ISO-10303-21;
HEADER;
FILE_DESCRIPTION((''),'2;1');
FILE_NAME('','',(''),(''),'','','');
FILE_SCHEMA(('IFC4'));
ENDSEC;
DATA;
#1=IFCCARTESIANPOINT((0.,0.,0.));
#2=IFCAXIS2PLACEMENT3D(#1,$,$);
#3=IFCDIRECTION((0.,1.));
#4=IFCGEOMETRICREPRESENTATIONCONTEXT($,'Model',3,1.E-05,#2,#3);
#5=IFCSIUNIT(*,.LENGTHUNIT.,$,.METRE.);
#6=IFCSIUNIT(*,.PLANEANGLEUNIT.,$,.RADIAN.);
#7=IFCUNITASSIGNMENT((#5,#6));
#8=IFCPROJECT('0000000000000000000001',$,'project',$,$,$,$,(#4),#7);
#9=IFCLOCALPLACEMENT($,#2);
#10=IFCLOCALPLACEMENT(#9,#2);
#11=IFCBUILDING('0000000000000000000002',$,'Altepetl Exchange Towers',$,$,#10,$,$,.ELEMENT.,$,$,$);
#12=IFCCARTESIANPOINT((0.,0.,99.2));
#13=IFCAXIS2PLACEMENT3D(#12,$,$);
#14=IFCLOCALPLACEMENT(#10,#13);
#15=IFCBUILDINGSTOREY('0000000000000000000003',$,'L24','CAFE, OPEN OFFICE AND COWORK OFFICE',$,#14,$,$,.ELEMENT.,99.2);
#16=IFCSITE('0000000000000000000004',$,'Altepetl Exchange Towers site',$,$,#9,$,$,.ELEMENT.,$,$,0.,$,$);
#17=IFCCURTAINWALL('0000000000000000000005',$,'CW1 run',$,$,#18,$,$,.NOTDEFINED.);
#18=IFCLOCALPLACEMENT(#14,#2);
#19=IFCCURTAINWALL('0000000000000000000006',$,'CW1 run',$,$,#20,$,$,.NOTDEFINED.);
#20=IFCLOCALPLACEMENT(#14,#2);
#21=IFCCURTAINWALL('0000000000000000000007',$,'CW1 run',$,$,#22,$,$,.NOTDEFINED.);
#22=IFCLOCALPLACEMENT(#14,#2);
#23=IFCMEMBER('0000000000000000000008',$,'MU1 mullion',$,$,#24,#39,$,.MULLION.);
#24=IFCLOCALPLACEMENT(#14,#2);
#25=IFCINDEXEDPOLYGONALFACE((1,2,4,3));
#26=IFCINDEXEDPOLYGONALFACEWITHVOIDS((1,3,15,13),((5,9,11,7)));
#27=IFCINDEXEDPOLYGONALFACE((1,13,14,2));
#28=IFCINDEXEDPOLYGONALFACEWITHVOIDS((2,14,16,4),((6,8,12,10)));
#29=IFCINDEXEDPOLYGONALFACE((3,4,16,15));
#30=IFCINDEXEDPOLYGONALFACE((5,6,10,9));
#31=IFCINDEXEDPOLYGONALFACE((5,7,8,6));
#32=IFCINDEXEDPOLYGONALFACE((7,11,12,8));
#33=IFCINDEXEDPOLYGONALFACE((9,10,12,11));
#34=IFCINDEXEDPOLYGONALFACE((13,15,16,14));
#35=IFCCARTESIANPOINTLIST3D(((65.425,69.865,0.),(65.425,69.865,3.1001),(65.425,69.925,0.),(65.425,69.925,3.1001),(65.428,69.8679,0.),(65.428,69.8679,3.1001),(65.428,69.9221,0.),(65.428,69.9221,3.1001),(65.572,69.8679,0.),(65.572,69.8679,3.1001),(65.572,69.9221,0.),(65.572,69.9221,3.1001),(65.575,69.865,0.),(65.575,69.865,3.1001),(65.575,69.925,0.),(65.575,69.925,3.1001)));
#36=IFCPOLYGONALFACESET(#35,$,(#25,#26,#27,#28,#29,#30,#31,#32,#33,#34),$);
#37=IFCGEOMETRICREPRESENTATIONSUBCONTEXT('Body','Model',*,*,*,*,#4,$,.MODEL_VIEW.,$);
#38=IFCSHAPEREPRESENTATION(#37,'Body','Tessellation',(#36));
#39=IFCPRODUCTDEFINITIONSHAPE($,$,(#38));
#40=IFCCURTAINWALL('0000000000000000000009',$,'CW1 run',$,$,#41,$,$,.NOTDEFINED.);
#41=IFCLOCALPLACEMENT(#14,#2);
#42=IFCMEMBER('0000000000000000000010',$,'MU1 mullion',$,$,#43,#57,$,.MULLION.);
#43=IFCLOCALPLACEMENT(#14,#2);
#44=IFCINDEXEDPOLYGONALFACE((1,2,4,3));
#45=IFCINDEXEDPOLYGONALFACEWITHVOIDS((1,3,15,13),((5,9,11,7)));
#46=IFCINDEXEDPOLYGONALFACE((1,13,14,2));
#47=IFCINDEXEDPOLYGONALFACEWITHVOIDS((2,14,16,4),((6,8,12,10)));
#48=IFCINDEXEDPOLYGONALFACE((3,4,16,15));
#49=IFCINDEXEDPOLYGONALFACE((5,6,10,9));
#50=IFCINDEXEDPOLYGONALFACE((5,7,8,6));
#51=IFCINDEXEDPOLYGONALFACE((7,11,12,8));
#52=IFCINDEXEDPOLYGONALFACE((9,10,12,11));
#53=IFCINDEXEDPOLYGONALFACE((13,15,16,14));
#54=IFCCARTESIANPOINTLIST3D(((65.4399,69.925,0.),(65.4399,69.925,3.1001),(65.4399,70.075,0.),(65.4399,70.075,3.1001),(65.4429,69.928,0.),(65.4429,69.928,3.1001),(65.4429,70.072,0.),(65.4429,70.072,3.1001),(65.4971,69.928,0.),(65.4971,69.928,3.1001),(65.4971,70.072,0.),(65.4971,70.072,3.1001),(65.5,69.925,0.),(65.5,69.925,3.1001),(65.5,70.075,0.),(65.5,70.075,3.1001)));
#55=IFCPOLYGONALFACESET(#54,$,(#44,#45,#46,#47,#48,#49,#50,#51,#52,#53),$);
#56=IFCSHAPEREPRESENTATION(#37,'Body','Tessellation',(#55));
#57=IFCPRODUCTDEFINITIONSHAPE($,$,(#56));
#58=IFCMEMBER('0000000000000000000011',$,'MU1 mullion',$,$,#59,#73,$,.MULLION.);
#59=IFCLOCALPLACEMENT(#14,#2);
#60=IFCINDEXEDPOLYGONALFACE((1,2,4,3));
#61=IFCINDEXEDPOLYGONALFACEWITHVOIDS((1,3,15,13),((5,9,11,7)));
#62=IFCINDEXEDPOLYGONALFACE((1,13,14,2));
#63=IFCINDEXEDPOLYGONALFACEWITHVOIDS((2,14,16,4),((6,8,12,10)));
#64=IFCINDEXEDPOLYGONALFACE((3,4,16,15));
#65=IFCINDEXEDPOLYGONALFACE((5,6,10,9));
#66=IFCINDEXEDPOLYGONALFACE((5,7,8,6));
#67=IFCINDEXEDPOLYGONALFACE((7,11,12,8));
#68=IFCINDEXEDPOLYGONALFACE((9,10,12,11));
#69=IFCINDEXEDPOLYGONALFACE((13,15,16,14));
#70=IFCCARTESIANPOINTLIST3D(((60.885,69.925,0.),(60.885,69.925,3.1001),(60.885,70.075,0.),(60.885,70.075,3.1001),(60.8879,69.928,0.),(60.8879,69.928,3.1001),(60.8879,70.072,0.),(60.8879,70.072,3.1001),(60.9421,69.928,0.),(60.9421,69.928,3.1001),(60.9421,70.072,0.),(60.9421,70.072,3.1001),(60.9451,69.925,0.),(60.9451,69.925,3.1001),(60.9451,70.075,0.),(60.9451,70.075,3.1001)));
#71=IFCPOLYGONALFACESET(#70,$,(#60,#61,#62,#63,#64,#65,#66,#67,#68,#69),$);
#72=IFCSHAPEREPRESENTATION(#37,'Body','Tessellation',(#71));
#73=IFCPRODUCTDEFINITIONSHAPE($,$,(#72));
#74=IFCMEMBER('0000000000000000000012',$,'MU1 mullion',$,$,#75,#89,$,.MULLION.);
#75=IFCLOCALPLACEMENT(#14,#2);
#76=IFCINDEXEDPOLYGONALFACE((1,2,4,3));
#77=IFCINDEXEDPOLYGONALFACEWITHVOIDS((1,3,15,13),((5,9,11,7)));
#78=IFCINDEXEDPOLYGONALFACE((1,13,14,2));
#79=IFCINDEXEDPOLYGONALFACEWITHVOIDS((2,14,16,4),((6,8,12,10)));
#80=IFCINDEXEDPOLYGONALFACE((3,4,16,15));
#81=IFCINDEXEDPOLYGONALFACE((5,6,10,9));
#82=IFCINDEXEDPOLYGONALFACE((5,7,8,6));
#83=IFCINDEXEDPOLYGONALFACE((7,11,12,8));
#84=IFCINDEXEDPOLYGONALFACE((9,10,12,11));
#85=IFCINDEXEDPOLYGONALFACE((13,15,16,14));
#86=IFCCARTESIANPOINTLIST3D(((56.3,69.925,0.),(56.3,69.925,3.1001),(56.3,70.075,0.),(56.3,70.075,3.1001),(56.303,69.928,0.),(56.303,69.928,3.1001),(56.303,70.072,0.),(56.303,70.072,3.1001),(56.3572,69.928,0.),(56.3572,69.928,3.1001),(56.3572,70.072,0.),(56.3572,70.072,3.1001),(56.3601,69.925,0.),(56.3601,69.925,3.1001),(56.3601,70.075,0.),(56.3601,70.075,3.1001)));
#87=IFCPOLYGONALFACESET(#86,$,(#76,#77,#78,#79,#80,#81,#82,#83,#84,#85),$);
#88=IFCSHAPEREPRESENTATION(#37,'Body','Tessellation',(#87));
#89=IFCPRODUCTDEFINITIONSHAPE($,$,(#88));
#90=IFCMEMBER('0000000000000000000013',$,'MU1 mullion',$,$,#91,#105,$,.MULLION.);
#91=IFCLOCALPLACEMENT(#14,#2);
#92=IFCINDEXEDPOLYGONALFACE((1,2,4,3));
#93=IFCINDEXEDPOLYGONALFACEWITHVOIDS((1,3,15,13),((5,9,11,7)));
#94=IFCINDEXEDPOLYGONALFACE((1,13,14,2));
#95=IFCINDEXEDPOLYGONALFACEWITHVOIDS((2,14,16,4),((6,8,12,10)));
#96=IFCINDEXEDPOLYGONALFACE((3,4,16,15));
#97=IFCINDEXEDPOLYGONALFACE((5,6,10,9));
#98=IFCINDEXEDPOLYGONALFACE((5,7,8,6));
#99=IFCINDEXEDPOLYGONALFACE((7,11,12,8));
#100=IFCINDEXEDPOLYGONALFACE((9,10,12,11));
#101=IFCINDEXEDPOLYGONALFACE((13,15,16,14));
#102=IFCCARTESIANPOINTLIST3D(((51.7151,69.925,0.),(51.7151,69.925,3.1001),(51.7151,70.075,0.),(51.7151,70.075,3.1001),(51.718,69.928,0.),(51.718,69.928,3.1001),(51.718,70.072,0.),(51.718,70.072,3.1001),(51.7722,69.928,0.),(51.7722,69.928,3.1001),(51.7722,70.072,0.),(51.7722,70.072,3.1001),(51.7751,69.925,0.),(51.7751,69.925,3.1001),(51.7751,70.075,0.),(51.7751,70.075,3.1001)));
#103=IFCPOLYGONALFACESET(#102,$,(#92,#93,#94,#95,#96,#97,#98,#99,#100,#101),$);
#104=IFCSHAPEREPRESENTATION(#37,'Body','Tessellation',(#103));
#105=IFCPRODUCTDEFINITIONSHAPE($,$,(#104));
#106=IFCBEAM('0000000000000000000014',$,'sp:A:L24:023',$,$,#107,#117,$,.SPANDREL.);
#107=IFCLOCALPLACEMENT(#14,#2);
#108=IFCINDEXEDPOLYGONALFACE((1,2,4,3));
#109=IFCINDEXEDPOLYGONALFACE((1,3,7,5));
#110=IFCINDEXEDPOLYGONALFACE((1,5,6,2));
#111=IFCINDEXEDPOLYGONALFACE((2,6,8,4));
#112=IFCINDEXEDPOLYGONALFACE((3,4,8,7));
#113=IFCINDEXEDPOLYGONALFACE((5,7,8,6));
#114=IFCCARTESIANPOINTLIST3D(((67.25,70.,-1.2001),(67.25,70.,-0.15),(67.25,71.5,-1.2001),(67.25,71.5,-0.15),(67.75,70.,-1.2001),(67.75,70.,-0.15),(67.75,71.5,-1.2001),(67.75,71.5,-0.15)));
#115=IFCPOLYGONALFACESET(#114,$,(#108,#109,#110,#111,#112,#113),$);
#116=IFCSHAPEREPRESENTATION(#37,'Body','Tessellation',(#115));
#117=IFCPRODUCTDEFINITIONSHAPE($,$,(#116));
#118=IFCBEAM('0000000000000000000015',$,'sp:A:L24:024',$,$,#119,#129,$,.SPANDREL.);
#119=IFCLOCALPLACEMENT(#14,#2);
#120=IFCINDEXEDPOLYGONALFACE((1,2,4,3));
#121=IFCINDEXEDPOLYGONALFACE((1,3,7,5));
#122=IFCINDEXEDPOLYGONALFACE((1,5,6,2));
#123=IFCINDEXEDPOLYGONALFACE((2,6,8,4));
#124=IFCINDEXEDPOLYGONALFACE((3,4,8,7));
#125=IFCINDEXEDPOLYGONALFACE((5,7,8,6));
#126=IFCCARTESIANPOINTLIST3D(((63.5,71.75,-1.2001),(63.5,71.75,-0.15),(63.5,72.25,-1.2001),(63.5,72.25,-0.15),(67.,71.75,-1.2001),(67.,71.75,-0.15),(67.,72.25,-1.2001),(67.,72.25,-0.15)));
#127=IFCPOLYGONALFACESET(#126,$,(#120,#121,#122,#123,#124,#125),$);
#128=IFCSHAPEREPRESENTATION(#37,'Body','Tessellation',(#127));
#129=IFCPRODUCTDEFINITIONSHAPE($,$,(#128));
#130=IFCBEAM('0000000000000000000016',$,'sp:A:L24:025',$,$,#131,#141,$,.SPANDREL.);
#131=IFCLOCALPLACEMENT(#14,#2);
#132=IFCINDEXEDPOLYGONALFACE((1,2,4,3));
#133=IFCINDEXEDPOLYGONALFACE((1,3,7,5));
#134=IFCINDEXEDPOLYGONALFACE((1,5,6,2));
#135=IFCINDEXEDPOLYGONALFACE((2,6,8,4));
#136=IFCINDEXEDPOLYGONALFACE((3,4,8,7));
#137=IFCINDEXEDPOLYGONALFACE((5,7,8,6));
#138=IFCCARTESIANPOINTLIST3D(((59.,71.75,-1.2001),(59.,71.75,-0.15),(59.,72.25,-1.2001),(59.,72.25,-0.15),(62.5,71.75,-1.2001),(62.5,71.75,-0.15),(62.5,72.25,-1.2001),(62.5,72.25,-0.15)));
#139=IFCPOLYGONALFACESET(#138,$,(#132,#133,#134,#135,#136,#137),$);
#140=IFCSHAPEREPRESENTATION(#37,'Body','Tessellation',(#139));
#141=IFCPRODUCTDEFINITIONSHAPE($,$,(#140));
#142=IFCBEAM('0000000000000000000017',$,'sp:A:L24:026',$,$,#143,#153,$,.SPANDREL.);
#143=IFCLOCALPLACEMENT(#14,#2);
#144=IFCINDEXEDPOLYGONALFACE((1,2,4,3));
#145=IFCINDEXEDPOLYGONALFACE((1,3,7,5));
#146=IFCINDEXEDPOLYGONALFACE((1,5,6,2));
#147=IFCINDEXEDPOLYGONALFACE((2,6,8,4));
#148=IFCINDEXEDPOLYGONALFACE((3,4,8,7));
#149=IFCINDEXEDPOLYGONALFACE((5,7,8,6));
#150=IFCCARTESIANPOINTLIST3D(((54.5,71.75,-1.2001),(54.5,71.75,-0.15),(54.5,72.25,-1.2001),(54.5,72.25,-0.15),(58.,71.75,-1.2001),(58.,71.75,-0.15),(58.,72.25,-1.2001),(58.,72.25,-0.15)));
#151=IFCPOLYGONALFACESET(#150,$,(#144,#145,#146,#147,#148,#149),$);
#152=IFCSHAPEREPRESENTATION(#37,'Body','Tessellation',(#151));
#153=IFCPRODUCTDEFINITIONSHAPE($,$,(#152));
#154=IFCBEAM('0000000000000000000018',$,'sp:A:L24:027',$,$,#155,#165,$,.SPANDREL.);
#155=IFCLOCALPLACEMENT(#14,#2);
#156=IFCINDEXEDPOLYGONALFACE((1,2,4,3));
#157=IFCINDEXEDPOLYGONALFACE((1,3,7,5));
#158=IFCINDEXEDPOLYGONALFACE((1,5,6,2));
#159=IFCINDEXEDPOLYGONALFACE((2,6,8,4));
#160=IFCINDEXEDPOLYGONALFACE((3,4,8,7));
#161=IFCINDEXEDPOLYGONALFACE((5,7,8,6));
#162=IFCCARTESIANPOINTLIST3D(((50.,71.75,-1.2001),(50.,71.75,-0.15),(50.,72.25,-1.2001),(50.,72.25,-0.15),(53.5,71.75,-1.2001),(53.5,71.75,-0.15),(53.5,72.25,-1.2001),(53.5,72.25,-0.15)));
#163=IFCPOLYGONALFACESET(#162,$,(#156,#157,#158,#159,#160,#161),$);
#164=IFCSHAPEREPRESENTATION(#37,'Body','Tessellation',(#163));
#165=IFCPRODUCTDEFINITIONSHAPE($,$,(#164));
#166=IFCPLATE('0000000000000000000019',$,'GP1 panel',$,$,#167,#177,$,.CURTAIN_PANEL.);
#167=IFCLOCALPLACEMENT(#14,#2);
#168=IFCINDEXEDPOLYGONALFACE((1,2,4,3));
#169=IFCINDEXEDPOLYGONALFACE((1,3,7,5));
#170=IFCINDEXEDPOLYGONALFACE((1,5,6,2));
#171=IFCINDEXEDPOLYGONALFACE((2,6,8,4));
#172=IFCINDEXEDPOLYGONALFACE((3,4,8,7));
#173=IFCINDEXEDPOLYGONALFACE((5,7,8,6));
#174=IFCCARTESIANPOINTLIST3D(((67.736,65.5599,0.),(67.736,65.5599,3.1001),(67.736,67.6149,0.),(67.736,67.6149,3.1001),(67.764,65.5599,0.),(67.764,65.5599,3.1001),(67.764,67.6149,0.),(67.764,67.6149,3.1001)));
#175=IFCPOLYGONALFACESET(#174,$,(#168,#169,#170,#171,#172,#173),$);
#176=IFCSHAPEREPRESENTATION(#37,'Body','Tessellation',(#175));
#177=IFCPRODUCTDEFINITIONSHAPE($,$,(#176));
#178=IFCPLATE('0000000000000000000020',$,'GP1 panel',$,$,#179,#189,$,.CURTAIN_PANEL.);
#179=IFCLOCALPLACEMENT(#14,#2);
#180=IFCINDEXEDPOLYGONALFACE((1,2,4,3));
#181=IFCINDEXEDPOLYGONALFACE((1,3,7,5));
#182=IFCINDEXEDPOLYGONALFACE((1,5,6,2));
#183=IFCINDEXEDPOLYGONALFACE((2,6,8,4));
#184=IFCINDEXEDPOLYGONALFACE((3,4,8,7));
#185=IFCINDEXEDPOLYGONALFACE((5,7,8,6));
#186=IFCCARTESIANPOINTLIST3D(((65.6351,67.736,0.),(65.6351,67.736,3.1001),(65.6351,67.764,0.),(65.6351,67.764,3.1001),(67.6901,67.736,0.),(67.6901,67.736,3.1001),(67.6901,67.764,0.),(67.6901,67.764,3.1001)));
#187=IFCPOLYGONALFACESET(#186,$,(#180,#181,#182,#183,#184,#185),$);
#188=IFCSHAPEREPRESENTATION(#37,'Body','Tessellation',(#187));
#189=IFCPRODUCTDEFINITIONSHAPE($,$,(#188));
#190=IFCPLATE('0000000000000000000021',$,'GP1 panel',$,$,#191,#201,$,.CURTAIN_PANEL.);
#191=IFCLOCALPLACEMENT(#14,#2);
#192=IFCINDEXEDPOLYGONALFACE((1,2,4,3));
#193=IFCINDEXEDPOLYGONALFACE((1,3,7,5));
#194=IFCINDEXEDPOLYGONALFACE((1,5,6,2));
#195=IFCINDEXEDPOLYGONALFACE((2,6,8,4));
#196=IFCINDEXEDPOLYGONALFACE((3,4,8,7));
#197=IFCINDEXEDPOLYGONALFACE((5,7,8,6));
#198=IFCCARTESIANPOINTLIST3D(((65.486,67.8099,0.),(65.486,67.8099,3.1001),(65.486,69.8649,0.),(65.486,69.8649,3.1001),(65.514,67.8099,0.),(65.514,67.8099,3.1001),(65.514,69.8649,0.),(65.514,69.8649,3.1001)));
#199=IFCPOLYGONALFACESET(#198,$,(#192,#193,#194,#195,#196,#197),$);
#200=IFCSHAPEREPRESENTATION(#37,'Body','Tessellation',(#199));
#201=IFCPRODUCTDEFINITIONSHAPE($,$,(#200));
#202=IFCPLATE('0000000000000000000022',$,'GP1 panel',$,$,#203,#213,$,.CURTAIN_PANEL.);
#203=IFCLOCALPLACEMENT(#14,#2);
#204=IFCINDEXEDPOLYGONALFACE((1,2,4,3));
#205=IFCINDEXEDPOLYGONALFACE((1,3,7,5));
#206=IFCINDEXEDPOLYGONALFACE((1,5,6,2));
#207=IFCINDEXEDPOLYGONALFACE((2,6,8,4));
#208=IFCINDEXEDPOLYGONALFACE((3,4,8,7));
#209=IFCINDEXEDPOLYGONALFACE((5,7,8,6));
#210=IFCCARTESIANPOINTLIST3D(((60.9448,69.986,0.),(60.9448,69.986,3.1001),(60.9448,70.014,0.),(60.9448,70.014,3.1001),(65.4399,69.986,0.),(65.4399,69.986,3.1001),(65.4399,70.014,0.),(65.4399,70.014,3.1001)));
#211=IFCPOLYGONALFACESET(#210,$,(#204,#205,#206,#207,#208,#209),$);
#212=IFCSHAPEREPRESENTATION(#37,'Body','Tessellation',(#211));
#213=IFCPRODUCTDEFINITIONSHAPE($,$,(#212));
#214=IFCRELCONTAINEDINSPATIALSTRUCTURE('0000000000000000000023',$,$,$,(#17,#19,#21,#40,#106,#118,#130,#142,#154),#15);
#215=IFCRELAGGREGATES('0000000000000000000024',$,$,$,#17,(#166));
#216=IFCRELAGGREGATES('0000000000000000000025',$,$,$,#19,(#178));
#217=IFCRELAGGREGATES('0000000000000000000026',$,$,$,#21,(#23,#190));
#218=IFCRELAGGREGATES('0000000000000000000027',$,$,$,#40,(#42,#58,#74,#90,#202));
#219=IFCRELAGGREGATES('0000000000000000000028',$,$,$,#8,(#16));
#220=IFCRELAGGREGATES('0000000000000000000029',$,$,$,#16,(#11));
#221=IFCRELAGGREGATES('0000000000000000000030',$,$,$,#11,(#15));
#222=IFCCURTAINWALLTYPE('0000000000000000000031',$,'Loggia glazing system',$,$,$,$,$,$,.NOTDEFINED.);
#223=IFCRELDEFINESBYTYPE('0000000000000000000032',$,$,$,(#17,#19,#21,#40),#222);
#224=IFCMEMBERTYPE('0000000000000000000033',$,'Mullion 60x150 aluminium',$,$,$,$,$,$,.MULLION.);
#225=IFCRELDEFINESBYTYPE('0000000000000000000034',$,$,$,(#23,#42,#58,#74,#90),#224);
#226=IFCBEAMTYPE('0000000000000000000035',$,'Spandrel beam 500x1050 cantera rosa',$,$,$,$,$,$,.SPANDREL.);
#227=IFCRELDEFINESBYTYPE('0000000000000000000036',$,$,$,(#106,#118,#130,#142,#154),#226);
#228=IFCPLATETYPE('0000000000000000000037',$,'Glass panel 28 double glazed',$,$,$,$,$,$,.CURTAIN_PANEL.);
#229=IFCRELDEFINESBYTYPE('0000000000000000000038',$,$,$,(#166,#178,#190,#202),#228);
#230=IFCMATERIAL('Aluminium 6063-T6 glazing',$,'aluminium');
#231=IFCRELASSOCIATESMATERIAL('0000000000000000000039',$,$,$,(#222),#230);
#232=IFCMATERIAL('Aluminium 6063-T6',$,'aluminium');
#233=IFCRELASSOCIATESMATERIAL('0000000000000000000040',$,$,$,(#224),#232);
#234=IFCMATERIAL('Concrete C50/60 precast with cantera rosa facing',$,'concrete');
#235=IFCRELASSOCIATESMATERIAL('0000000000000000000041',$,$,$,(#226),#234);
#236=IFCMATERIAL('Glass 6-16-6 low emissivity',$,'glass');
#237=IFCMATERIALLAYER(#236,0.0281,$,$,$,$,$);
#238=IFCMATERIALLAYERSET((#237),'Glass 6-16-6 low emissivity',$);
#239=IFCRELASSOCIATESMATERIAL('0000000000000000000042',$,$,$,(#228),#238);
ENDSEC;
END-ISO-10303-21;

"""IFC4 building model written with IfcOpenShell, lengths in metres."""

from ifc_helpers import new_model, si_unit, direction, frame, origin, origin_2d, place, context, subcontext, project, spatial, rectangle, hollow_rectangle, extrude, material, layer, layer_set, material_profile, profile_set, type_object, element, aggregate, save


model = new_model("IFC4")

# Units and contexts
model_context = context("Model", 3, precision=1e-05, world=origin(), true_north=direction((0.0, 1.0)))
body_context = subcontext(model_context, "Body", "Model", "MODEL_VIEW")
ifc_project = project(units=[si_unit("LENGTHUNIT", "METRE"), si_unit("PLANEANGLEUNIT", "RADIAN")], contexts=[model_context])

# Site, building, storey
site_placement = place(None, origin())
site = spatial("IfcSite", under=ifc_project, at=site_placement, Name="Altepetl Exchange Towers site", CompositionType="ELEMENT", RefElevation=0.0)
building_placement = place(site_placement, origin())
building = spatial("IfcBuilding", under=site, at=building_placement, Name="Altepetl Exchange Towers", CompositionType="ELEMENT")
storey_placement = place(building_placement, frame((0.0, 0.0, 99.2)))
storey = spatial("IfcBuildingStorey", under=building, at=storey_placement, Name="L24", Description="CAFE, OPEN OFFICE AND COWORK OFFICE", CompositionType="ELEMENT", Elevation=99.2)

# Curtain walls, members
ifc_material_1 = material(Name="Aluminium 6063-T6 glazing", Category="aluminium")
curtain_wall_type = type_object("IfcCurtainWallType", Name="Loggia glazing system", PredefinedType="NOTDEFINED", material=ifc_material_1)
curtain_wall_1_placement = place(storey_placement, origin())
curtain_wall_1 = element("IfcCurtainWall", 1, at=curtain_wall_1_placement, inside=storey, type_object=curtain_wall_type, Name="CW1 run", PredefinedType="NOTDEFINED")
ifc_material_2 = material(Name="Aluminium 6063-T6", Category="aluminium")
ifc_material_profile_1 = material_profile(ifc_material_2, hollow_rectangle(XDim=0.0601, YDim=0.1499, WallThickness=0.0029, at=origin_2d()), Name="Mullion 60x150 aluminium")
ifc_profile_set_1 = profile_set([ifc_material_profile_1], Name="Aluminium 6063-T6")
member_type = type_object("IfcMemberType", Name="Mullion 60x150 aluminium", PredefinedType="MULLION", material=ifc_profile_set_1)
curtain_wall_2_placement = place(storey_placement, origin())
curtain_wall_2 = element("IfcCurtainWall", 2, at=curtain_wall_2_placement, inside=storey, type_object=curtain_wall_type, Name="CW1 run", PredefinedType="NOTDEFINED")
curtain_wall_3_placement = place(storey_placement, origin())
curtain_wall_3 = element("IfcCurtainWall", 3, at=curtain_wall_3_placement, inside=storey, type_object=curtain_wall_type, Name="CW1 run", PredefinedType="NOTDEFINED")
member_1_placement = place(storey_placement, frame((65.5, 69.895, 0.0), z_axis=(0.0, 0.0, 1.0), x_axis=(0.0, 1.0, 0.0)))
member_1 = element("IfcMember", 4, at=member_1_placement, type_object=member_type, Name="MU1 mullion", PredefinedType="MULLION", context=body_context, shape_type="SweptSolid", body=[
    extrude(hollow_rectangle(XDim=0.0601, YDim=0.1499, WallThickness=0.0029, at=origin_2d()), origin(), (0.0, 0.0, 1.0), 3.1001),
])
curtain_wall_4_placement = place(storey_placement, origin())
curtain_wall_4 = element("IfcCurtainWall", 5, at=curtain_wall_4_placement, inside=storey, type_object=curtain_wall_type, Name="CW1 run", PredefinedType="NOTDEFINED")
member_2_placement = place(storey_placement, frame((65.47, 70.0, 0.0), z_axis=(0.0, 0.0, 1.0), x_axis=(-1.0, 0.0, 0.0)))
member_2 = element("IfcMember", 6, at=member_2_placement, type_object=member_type, Name="MU1 mullion", PredefinedType="MULLION", context=body_context, shape_type="SweptSolid", body=[
    extrude(hollow_rectangle(XDim=0.0601, YDim=0.1499, WallThickness=0.0029, at=origin_2d()), origin(), (0.0, 0.0, 1.0), 3.1001),
])
member_3_placement = place(storey_placement, frame((60.915, 70.0, 0.0), z_axis=(0.0, 0.0, 1.0), x_axis=(-1.0, 0.0, 0.0)))
member_3 = element("IfcMember", 7, at=member_3_placement, type_object=member_type, Name="MU1 mullion", PredefinedType="MULLION", context=body_context, shape_type="SweptSolid", body=[
    extrude(hollow_rectangle(XDim=0.0601, YDim=0.1499, WallThickness=0.0029, at=origin_2d()), origin(), (0.0, 0.0, 1.0), 3.1001),
])
member_4_placement = place(storey_placement, frame((56.3301, 70.0, 0.0), z_axis=(0.0, 0.0, 1.0), x_axis=(-1.0, 0.0, 0.0)))
member_4 = element("IfcMember", 8, at=member_4_placement, type_object=member_type, Name="MU1 mullion", PredefinedType="MULLION", context=body_context, shape_type="SweptSolid", body=[
    extrude(hollow_rectangle(XDim=0.0601, YDim=0.1499, WallThickness=0.0029, at=origin_2d()), origin(), (0.0, 0.0, 1.0), 3.1001),
])
member_5_placement = place(storey_placement, frame((51.7451, 70.0, 0.0), z_axis=(0.0, 0.0, 1.0), x_axis=(-1.0, 0.0, 0.0)))
member_5 = element("IfcMember", 9, at=member_5_placement, type_object=member_type, Name="MU1 mullion", PredefinedType="MULLION", context=body_context, shape_type="SweptSolid", body=[
    extrude(hollow_rectangle(XDim=0.0601, YDim=0.1499, WallThickness=0.0029, at=origin_2d()), origin(), (0.0, 0.0, 1.0), 3.1001),
])

# Beams
ifc_material_3 = material(Name="Concrete C50/60 precast with cantera rosa facing", Category="concrete")
ifc_material_profile_2 = material_profile(ifc_material_3, rectangle(XDim=0.5, YDim=1.05, at=origin_2d()), Name="500 x 1050")
ifc_profile_set_2 = profile_set([ifc_material_profile_2], Name="Concrete C50/60 precast with cantera rosa facing")
beam_type_1 = type_object("IfcBeamType", Name="Spandrel beam 500x1050 cantera rosa", PredefinedType="SPANDREL", material=ifc_profile_set_2)
beam_1_placement = place(storey_placement, frame((67.5, 70.0, -0.675), z_axis=(0.0, 1.0, 0.0), x_axis=(-1.0, 0.0, 0.0)))
element("IfcBeam", 10, at=beam_1_placement, inside=storey, type_object=beam_type_1, Name="sp:A:L24:023", PredefinedType="SPANDREL", context=body_context, shape_type="SweptSolid", body=[
    extrude(rectangle(XDim=0.5, YDim=1.05, at=origin_2d()), origin(), (0.0, 0.0, 1.0), 1.5),
])
for number, where, z_axis, x_axis, name in (
    (11, (67.0, 72.0, -0.675), (-1.0, 0.0, 0.0), (0.0, -1.0, 0.0), "sp:A:L24:024"),
    (12, (62.5, 72.0, -0.675), (-1.0, 0.0, 0.0), (0.0, -1.0, 0.0), "sp:A:L24:025"),
    (13, (58.0, 72.0, -0.675), (-1.0, 0.0, 0.0), (0.0, -1.0, 0.0), "sp:A:L24:026"),
    (14, (53.5, 72.0, -0.675), (-1.0, 0.0, 0.0), (0.0, -1.0, 0.0), "sp:A:L24:027"),
):
    element("IfcBeam", number, at=place(storey_placement, frame(where, z_axis=z_axis, x_axis=x_axis)), inside=storey, type_object=beam_type_1, Name=name, PredefinedType="SPANDREL", context=body_context, shape_type="SweptSolid", body=[
        extrude(rectangle(XDim=0.5, YDim=1.05, at=origin_2d()), origin(), (0.0, 0.0, 1.0), 3.5),
    ])

# Plates
ifc_material_4 = material(Name="Glass 6-16-6 low emissivity", Category="glass")
ifc_layer_1 = layer(ifc_material_4, 0.0281)
ifc_layer_set_1 = layer_set([ifc_layer_1], Name="Glass 6-16-6 low emissivity")
plate_type = type_object("IfcPlateType", Name="Glass panel 28 double glazed", PredefinedType="CURTAIN_PANEL", material=ifc_layer_set_1)
plate_1_placement = place(storey_placement, frame((67.75, 66.5874, 0.0), z_axis=(0.0, 0.0, 1.0), x_axis=(0.0, 1.0, 0.0)))
plate_1 = element("IfcPlate", 15, at=plate_1_placement, type_object=plate_type, Name="GP1 panel", PredefinedType="CURTAIN_PANEL", context=body_context, shape_type="SweptSolid", body=[
    extrude(rectangle(XDim=2.0549, YDim=0.0281, at=origin_2d()), origin(), (0.0, 0.0, 1.0), 3.1001),
])
aggregate(curtain_wall_1, [plate_1])
plate_2_placement = place(storey_placement, frame((66.6626, 67.75, 0.0), z_axis=(0.0, 0.0, 1.0), x_axis=(-1.0, 0.0, 0.0)))
plate_2 = element("IfcPlate", 16, at=plate_2_placement, type_object=plate_type, Name="GP1 panel", PredefinedType="CURTAIN_PANEL", context=body_context, shape_type="SweptSolid", body=[
    extrude(rectangle(XDim=2.0549, YDim=0.0281, at=origin_2d()), origin(), (0.0, 0.0, 1.0), 3.1001),
])
aggregate(curtain_wall_2, [plate_2])
plate_3_placement = place(storey_placement, frame((65.5, 68.8374, 0.0), z_axis=(0.0, 0.0, 1.0), x_axis=(0.0, 1.0, 0.0)))
plate_3 = element("IfcPlate", 17, at=plate_3_placement, type_object=plate_type, Name="GP1 panel", PredefinedType="CURTAIN_PANEL", context=body_context, shape_type="SweptSolid", body=[
    extrude(rectangle(XDim=2.0549, YDim=0.0281, at=origin_2d()), origin(), (0.0, 0.0, 1.0), 3.1001),
])
aggregate(curtain_wall_3, [member_1, plate_3])
plate_4_placement = place(storey_placement, frame((63.1924, 70.0, 0.0), z_axis=(0.0, 0.0, 1.0), x_axis=(-1.0, 0.0, 0.0)))
plate_4 = element("IfcPlate", 18, at=plate_4_placement, type_object=plate_type, Name="GP1 panel", PredefinedType="CURTAIN_PANEL", context=body_context, shape_type="SweptSolid", body=[
    extrude(rectangle(XDim=4.4951, YDim=0.0281, at=origin_2d()), origin(), (0.0, 0.0, 1.0), 3.1001),
])
aggregate(curtain_wall_4, [member_2, member_3, member_4, member_5, plate_4])

save(model, "model.ifc")
